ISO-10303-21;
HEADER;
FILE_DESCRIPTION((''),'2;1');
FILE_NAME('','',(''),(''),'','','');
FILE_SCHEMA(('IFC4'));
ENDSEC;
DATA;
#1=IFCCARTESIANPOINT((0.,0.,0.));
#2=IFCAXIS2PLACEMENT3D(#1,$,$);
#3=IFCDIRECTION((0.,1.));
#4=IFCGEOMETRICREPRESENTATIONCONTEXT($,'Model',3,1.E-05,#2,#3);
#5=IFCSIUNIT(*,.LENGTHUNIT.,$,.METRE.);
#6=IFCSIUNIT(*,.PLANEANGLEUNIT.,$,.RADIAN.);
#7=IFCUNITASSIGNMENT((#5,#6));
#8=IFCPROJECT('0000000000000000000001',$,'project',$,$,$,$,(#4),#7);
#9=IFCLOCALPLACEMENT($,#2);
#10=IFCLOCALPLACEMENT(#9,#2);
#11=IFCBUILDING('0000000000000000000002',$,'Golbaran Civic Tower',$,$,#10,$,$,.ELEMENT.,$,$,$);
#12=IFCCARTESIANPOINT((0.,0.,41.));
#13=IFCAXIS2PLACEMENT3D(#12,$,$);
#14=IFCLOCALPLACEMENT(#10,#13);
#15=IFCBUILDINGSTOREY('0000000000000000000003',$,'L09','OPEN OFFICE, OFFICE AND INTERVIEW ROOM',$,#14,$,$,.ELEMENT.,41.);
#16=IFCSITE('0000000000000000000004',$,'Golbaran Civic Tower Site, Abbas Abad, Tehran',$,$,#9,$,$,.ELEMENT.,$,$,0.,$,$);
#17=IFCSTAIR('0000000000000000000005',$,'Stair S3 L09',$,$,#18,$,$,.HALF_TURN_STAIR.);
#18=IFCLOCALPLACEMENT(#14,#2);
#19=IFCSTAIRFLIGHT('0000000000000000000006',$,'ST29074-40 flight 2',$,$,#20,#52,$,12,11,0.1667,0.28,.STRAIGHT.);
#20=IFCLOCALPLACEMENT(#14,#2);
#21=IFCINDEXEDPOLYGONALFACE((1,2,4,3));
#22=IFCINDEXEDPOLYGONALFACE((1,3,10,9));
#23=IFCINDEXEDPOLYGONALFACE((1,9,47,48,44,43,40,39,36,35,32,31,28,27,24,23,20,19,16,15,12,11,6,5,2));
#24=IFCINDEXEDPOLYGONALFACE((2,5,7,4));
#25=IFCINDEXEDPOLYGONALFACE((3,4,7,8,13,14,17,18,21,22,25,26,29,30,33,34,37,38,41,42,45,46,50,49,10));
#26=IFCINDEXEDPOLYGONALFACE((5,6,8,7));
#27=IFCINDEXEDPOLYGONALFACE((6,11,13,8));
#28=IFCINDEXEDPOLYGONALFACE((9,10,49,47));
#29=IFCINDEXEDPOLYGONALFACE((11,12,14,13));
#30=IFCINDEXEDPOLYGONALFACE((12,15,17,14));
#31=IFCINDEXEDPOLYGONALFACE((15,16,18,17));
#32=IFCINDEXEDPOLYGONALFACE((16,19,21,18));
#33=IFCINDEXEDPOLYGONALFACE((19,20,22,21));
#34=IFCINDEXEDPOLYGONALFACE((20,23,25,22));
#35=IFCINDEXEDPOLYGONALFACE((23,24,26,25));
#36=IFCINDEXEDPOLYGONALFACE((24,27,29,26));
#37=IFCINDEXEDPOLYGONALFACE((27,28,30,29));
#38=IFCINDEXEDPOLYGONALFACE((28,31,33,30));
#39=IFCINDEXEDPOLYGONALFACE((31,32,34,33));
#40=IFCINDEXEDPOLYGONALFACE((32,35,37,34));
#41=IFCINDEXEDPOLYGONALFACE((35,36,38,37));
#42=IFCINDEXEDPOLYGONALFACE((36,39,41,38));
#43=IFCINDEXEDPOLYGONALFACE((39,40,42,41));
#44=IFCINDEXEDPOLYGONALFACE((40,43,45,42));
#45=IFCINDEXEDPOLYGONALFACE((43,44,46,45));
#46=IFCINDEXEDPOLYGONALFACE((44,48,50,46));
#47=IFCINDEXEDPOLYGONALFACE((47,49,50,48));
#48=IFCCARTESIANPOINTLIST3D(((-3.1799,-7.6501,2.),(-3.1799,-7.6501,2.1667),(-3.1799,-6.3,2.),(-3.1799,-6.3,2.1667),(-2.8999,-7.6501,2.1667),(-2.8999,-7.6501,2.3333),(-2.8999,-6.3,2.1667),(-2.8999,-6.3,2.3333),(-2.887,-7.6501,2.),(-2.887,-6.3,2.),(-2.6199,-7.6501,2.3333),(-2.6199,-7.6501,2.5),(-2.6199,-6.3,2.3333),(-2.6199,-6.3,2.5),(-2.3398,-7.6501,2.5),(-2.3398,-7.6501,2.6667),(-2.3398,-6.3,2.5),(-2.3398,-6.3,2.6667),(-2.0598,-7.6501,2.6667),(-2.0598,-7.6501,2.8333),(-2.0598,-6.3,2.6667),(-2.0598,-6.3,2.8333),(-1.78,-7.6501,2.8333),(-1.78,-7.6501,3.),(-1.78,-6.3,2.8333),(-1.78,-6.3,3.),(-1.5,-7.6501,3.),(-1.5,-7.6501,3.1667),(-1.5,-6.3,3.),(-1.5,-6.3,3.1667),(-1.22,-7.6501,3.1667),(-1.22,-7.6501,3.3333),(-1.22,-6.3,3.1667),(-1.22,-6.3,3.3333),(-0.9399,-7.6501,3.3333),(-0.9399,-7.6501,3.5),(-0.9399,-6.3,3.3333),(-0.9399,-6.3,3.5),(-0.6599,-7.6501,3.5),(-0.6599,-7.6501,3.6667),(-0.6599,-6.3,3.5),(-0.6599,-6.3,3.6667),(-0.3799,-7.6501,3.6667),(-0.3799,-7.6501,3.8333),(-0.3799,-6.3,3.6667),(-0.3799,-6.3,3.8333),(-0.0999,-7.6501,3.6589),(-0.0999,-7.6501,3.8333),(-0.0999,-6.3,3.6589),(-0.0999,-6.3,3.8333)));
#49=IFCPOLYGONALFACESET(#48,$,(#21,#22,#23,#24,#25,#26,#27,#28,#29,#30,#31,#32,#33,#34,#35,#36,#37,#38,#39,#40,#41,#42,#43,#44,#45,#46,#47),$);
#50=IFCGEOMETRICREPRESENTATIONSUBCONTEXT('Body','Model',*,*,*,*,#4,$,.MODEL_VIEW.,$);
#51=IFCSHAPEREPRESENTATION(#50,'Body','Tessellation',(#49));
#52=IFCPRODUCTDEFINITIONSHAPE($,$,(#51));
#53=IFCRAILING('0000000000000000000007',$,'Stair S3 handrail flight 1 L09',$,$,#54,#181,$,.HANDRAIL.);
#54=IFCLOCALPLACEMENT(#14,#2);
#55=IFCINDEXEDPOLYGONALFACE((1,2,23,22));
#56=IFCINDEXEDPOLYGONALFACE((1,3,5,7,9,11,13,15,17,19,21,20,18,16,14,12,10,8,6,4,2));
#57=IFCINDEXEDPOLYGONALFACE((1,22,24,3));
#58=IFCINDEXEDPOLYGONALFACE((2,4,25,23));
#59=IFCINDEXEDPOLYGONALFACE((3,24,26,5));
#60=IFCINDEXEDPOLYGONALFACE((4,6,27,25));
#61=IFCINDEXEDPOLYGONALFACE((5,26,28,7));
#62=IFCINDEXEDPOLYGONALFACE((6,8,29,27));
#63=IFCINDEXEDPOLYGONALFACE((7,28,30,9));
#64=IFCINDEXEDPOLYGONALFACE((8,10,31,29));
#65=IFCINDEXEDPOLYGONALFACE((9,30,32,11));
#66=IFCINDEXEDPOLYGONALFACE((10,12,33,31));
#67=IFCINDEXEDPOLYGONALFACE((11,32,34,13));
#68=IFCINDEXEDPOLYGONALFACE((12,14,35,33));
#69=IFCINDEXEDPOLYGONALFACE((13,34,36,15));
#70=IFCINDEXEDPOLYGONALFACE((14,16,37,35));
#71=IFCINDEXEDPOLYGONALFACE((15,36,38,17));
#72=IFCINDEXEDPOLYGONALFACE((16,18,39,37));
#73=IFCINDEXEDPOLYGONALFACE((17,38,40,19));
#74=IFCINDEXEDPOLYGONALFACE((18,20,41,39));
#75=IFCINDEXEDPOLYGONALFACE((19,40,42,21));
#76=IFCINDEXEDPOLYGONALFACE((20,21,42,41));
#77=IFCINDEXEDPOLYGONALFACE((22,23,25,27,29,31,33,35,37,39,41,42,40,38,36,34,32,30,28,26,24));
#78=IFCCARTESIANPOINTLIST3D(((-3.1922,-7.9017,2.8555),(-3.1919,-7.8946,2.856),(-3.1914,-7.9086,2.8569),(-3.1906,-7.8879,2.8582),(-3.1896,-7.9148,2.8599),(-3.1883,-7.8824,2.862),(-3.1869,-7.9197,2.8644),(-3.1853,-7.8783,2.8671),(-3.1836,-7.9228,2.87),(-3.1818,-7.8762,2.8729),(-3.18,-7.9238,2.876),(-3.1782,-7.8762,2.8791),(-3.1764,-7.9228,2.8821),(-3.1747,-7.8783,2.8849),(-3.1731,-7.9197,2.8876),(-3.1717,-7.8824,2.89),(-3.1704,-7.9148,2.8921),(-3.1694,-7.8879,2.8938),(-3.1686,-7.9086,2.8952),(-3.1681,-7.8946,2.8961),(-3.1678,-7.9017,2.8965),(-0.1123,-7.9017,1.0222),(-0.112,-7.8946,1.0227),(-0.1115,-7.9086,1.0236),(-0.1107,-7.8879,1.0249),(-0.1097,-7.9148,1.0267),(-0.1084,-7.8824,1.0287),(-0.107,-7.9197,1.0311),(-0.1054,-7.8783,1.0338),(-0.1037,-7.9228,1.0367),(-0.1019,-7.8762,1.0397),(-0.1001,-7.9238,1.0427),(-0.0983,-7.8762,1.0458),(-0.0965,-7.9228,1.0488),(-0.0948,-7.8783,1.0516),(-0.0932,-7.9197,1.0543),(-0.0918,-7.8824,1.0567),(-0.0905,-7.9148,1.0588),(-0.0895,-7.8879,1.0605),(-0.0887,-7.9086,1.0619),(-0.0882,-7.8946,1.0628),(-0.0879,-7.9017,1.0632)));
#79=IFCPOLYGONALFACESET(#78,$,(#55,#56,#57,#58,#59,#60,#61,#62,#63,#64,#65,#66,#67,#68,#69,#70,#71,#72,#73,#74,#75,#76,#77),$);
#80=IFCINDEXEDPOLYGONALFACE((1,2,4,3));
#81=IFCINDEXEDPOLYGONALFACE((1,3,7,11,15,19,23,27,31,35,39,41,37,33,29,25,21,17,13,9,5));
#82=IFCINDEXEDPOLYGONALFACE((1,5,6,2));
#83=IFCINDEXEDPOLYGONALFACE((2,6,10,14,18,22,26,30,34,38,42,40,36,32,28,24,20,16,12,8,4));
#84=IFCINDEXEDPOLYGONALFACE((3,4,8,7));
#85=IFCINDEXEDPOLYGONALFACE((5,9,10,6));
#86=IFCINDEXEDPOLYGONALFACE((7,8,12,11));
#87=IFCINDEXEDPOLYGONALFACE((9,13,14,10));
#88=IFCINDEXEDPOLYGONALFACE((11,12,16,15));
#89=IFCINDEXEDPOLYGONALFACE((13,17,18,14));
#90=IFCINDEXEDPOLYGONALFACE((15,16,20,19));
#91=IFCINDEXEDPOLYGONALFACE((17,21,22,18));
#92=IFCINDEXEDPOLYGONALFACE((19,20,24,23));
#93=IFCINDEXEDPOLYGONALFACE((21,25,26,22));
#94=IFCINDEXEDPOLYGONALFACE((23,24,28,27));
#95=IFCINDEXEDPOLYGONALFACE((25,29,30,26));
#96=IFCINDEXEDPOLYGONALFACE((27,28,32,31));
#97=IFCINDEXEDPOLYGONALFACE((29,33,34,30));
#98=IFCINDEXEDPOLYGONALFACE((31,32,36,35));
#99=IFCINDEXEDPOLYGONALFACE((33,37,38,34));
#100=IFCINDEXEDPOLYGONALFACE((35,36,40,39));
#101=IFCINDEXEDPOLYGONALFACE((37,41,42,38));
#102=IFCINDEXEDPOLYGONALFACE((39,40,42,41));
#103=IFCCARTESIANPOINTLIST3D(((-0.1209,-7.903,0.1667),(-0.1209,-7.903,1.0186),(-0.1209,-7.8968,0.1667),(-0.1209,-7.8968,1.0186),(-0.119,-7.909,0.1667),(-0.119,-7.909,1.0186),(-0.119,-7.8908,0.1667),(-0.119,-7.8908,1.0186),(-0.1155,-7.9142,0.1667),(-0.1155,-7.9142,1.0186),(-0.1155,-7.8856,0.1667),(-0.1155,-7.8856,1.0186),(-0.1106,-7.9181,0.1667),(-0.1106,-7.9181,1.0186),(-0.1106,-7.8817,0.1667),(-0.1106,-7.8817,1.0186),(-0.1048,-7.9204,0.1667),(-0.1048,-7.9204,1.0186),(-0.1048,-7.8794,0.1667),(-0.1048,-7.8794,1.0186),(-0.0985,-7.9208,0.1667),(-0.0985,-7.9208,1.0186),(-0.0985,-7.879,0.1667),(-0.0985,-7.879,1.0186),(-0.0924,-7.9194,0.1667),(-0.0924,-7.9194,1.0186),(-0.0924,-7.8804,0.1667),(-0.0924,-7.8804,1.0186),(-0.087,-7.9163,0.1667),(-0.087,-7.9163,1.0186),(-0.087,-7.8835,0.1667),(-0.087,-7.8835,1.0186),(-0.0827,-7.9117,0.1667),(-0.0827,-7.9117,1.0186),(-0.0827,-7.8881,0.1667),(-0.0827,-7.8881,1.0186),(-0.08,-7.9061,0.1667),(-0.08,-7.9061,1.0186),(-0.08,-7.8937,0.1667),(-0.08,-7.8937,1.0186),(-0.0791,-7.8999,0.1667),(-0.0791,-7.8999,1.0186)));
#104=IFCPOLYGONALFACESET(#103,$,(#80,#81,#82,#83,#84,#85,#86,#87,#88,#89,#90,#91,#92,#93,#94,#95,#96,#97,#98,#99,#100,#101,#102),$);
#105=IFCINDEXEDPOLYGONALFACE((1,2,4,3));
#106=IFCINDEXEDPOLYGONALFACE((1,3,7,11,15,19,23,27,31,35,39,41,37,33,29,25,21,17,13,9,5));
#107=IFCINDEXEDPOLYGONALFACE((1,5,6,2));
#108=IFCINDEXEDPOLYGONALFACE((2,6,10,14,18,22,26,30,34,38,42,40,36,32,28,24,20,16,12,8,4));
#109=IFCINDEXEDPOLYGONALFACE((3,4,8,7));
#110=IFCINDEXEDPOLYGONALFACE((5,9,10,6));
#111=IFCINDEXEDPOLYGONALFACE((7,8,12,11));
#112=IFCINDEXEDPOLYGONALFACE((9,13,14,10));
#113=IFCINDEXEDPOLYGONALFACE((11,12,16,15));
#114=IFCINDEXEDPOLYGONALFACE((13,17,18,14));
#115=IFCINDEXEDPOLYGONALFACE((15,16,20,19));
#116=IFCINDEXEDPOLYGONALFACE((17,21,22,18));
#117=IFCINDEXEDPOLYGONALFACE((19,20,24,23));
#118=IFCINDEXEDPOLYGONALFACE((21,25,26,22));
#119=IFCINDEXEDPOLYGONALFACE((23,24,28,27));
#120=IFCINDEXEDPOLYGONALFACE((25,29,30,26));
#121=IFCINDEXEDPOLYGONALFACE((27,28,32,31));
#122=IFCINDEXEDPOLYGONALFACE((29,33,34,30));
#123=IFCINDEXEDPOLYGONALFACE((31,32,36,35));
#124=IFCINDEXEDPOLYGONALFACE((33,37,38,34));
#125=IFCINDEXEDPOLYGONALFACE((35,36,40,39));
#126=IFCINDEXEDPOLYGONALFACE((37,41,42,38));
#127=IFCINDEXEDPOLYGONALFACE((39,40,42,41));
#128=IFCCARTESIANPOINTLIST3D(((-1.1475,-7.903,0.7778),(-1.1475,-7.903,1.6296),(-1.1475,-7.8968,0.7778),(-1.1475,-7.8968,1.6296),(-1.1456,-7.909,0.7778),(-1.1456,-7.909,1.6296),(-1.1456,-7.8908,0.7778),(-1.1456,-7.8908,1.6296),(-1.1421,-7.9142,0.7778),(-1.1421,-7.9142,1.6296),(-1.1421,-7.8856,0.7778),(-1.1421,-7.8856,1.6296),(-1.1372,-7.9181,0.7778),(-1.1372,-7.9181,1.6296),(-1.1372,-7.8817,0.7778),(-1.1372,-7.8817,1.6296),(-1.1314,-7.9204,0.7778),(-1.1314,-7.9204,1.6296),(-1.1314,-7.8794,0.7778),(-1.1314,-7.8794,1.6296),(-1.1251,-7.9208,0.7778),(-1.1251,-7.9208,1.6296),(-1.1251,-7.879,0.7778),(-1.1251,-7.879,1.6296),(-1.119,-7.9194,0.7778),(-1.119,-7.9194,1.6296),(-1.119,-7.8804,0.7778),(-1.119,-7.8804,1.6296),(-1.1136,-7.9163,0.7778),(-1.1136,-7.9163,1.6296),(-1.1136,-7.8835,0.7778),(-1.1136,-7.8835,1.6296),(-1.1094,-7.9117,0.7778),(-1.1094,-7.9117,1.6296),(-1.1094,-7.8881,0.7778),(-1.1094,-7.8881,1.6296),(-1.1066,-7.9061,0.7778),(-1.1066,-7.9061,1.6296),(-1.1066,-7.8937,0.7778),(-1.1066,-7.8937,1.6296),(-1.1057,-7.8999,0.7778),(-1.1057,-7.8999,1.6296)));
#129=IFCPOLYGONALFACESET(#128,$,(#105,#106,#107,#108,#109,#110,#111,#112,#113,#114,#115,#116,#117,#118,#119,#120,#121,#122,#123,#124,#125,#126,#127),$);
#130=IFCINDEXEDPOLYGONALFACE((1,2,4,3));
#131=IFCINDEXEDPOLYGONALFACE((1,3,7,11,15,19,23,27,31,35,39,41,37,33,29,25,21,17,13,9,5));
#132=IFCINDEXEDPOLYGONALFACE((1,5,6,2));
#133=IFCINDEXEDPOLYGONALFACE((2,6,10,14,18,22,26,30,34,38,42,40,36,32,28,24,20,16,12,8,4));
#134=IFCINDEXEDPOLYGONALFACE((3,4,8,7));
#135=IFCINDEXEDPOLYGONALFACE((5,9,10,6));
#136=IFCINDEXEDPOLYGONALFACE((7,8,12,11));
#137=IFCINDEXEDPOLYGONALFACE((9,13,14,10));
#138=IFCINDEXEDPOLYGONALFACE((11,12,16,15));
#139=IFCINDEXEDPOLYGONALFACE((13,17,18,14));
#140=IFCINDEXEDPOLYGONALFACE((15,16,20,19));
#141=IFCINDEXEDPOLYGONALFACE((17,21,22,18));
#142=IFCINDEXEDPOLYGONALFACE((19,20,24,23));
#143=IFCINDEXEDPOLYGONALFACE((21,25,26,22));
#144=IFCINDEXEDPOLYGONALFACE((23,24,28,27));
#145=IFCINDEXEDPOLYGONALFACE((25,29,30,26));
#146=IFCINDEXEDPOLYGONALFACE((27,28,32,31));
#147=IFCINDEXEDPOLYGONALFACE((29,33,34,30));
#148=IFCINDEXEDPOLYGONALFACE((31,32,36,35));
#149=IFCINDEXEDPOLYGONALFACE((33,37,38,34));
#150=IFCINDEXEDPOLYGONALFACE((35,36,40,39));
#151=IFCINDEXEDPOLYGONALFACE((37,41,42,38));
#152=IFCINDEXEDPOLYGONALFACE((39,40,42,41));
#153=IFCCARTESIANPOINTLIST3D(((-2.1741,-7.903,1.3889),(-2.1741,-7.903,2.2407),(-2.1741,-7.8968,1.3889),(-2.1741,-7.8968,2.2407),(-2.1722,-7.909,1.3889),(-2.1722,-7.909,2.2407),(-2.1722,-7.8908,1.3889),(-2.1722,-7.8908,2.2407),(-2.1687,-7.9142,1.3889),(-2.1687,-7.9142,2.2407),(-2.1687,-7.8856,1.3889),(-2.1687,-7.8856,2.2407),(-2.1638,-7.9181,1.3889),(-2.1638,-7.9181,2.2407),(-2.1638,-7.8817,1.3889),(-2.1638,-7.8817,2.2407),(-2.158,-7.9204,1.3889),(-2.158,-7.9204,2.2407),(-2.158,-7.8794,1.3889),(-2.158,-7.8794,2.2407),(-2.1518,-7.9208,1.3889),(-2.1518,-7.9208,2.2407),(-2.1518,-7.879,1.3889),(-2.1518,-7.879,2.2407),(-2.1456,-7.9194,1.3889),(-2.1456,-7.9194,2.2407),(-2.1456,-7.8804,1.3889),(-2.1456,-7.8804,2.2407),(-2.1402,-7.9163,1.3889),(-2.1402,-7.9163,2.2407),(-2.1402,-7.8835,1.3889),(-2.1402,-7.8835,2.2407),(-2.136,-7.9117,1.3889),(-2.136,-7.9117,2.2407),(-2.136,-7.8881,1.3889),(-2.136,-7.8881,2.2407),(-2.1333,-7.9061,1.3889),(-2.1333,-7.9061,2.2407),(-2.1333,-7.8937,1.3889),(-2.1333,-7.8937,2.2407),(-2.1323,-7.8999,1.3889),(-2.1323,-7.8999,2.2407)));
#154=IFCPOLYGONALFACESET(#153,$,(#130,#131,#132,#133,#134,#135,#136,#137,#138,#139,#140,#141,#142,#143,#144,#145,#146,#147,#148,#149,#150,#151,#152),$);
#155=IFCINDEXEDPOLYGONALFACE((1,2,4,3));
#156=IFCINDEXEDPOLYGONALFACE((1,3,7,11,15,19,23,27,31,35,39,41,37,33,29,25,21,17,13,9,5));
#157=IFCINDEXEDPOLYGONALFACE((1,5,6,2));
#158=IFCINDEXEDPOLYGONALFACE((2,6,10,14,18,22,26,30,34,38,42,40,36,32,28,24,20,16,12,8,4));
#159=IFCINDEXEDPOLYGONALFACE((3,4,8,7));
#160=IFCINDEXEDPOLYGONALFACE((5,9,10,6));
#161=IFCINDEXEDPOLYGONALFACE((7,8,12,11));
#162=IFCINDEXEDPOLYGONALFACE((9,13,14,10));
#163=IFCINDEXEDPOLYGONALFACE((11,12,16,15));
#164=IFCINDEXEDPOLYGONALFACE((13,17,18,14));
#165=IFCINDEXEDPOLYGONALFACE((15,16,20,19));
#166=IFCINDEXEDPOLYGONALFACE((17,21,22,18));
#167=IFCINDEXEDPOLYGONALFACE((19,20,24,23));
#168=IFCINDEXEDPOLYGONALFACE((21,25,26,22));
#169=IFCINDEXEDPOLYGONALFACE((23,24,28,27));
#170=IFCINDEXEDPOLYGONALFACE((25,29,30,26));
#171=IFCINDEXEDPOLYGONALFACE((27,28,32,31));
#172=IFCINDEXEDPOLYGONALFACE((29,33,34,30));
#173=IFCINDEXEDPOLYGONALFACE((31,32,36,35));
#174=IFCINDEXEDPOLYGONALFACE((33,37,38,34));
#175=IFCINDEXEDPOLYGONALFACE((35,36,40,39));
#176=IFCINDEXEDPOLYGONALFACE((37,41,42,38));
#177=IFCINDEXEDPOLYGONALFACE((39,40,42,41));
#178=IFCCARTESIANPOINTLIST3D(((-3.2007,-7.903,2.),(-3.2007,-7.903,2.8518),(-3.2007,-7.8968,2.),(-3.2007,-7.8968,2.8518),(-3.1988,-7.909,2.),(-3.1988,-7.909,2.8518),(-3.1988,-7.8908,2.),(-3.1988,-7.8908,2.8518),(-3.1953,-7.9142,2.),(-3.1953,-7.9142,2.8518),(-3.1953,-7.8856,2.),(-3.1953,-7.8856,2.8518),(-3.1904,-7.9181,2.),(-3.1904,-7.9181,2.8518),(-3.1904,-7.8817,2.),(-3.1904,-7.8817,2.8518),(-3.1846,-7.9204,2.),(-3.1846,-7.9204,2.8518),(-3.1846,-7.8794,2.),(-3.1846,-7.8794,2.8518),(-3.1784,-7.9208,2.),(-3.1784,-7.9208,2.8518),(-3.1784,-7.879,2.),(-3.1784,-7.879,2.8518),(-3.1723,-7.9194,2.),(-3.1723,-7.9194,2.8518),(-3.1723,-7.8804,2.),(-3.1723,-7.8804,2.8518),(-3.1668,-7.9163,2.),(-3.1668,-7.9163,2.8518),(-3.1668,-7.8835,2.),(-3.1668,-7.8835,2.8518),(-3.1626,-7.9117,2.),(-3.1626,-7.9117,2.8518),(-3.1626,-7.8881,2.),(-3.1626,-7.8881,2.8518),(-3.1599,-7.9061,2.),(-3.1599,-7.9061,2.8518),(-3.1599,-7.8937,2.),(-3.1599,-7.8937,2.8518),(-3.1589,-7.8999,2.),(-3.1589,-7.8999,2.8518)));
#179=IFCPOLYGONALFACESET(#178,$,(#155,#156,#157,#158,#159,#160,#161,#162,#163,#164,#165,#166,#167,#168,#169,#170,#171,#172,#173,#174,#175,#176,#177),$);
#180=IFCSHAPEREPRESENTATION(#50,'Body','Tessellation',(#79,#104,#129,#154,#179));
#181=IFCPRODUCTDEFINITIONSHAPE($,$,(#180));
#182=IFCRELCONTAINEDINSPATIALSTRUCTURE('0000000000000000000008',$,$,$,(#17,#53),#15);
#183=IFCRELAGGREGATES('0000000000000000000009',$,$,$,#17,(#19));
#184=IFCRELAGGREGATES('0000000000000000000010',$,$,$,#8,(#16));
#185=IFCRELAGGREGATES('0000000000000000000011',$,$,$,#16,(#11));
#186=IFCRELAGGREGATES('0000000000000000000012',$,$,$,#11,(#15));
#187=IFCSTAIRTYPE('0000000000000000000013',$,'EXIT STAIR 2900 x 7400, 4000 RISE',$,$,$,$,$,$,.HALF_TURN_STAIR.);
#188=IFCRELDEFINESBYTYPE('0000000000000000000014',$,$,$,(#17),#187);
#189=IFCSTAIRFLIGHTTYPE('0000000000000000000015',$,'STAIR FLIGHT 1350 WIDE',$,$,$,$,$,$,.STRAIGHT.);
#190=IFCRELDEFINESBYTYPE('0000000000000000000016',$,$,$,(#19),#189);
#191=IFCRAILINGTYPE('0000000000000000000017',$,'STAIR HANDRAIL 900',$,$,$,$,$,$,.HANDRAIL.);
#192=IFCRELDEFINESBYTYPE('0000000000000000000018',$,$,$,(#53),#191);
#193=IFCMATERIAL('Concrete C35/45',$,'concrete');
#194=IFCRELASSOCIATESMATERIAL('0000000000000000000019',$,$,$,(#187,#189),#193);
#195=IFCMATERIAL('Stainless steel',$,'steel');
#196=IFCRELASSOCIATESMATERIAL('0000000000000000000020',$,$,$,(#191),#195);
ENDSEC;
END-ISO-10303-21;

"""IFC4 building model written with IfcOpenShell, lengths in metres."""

from ifc_helpers import new_model, si_unit, direction, frame, origin, origin_2d, place, context, subcontext, project, spatial, polyline, circle, outline, extrude, material, type_object, element, aggregate, save


model = new_model("IFC4")

# Units and contexts
model_context = context("Model", 3, precision=1e-05, world=origin(), true_north=direction((0.0, 1.0)))
body_context = subcontext(model_context, "Body", "Model", "MODEL_VIEW")
ifc_project = project(units=[si_unit("LENGTHUNIT", "METRE"), si_unit("PLANEANGLEUNIT", "RADIAN")], contexts=[model_context])

# Site, building, storey
site_placement = place(None, origin())
site = spatial("IfcSite", under=ifc_project, at=site_placement, Name="Golbaran Civic Tower Site, Abbas Abad, Tehran", CompositionType="ELEMENT", RefElevation=0.0)
building_placement = place(site_placement, origin())
building = spatial("IfcBuilding", under=site, at=building_placement, Name="Golbaran Civic Tower", CompositionType="ELEMENT")
storey_placement = place(building_placement, frame((0.0, 0.0, 41.0)))
storey = spatial("IfcBuildingStorey", under=building, at=storey_placement, Name="L09", Description="OPEN OFFICE, OFFICE AND INTERVIEW ROOM", CompositionType="ELEMENT", Elevation=41.0)

# Shared definitions
ifc_material_1 = material(Name="Stainless steel", Category="steel")

# Stair, stair flight
ifc_material_2 = material(Name="Concrete C35/45", Category="concrete")
stair_type = type_object("IfcStairType", Name="EXIT STAIR 2900 x 7400, 4000 RISE", PredefinedType="HALF_TURN_STAIR", material=ifc_material_2)
stair_placement = place(storey_placement, origin())
stair = element("IfcStair", 1, at=stair_placement, inside=storey, type_object=stair_type, Name="Stair S3 L09", PredefinedType="HALF_TURN_STAIR")
stair_flight_type = type_object("IfcStairFlightType", Name="STAIR FLIGHT 1350 WIDE", PredefinedType="STRAIGHT", material=ifc_material_2)
stair_flight_1_placement = place(storey_placement, frame((-3.1799, -6.9751, 2.0), z_axis=(0.0, 0.0, 1.0), x_axis=(1.0, 0.0, 0.0)))
stair_flight_1 = element("IfcStairFlight", 2, at=stair_flight_1_placement, type_object=stair_flight_type, Name="ST29074-40 flight 2", NumberOfRisers=12, NumberOfTreads=11, PredefinedType="STRAIGHT", RiserHeight=0.1667, TreadLength=0.28, context=body_context, shape_type="SweptSolid", body=[
    extrude(outline(polyline([(0.0, 0.0), (0.0, 0.1667), (0.28, 0.1667), (0.28, 0.3333), (0.5601, 0.3333), (0.5601, 0.5), (0.8401, 0.5), (0.8401, 0.6667), (1.1201, 0.6667), (1.1201, 0.8333), (1.3999, 0.8333), (1.3999, 1.0), (1.6799, 1.0), (1.6799, 1.1667), (1.96, 1.1667), (1.96, 1.3333), (2.24, 1.3333), (2.24, 1.5), (2.52, 1.5), (2.52, 1.6667), (2.8, 1.6667), (2.8, 1.8333), (3.0801, 1.8333), (3.0801, 2.0), (3.0801, 1.6589), (0.293, 0.0), (0.0, 0.0)])), frame((0.0, 0.675, 0.0), z_axis=(0.0, -1.0, 0.0), x_axis=(1.0, 0.0, 0.0)), (0.0, 0.0, 1.0), 1.3501),
])
aggregate(stair, [stair_flight_1])

# Railing
railing_type = type_object("IfcRailingType", Name="STAIR HANDRAIL 900", PredefinedType="HANDRAIL", material=ifc_material_1)
railing_1_placement = place(storey_placement, frame((-0.1001, -7.8999, 0.1667)))
element("IfcRailing", 3, at=railing_1_placement, inside=storey, type_object=railing_type, Name="Stair S3 handrail flight 1 L09", PredefinedType="HANDRAIL", context=body_context, shape_type="SweptSolid", body=[
    extrude(circle(Radius=0.0239, at=origin_2d()), frame((0.0, 0.0, 0.876), z_axis=(-0.859291, 0.0, 0.511487), x_axis=(0.0, -1.0, 0.0)), (0.0, 0.0, 1.0), 3.5842),
    extrude(circle(Radius=0.021, at=origin_2d()), origin(), (0.0, 0.0, 1.0), 0.8518),
    extrude(circle(Radius=0.021, at=origin_2d()), frame((-1.0266, 0.0, 0.6111)), (0.0, 0.0, 1.0), 0.8518),
    extrude(circle(Radius=0.021, at=origin_2d()), frame((-2.0532, 0.0, 1.2222)), (0.0, 0.0, 1.0), 0.8518),
    extrude(circle(Radius=0.021, at=origin_2d()), frame((-3.0798, 0.0, 1.8333)), (0.0, 0.0, 1.0), 0.8518),
])

save(model, "model.ifc")
